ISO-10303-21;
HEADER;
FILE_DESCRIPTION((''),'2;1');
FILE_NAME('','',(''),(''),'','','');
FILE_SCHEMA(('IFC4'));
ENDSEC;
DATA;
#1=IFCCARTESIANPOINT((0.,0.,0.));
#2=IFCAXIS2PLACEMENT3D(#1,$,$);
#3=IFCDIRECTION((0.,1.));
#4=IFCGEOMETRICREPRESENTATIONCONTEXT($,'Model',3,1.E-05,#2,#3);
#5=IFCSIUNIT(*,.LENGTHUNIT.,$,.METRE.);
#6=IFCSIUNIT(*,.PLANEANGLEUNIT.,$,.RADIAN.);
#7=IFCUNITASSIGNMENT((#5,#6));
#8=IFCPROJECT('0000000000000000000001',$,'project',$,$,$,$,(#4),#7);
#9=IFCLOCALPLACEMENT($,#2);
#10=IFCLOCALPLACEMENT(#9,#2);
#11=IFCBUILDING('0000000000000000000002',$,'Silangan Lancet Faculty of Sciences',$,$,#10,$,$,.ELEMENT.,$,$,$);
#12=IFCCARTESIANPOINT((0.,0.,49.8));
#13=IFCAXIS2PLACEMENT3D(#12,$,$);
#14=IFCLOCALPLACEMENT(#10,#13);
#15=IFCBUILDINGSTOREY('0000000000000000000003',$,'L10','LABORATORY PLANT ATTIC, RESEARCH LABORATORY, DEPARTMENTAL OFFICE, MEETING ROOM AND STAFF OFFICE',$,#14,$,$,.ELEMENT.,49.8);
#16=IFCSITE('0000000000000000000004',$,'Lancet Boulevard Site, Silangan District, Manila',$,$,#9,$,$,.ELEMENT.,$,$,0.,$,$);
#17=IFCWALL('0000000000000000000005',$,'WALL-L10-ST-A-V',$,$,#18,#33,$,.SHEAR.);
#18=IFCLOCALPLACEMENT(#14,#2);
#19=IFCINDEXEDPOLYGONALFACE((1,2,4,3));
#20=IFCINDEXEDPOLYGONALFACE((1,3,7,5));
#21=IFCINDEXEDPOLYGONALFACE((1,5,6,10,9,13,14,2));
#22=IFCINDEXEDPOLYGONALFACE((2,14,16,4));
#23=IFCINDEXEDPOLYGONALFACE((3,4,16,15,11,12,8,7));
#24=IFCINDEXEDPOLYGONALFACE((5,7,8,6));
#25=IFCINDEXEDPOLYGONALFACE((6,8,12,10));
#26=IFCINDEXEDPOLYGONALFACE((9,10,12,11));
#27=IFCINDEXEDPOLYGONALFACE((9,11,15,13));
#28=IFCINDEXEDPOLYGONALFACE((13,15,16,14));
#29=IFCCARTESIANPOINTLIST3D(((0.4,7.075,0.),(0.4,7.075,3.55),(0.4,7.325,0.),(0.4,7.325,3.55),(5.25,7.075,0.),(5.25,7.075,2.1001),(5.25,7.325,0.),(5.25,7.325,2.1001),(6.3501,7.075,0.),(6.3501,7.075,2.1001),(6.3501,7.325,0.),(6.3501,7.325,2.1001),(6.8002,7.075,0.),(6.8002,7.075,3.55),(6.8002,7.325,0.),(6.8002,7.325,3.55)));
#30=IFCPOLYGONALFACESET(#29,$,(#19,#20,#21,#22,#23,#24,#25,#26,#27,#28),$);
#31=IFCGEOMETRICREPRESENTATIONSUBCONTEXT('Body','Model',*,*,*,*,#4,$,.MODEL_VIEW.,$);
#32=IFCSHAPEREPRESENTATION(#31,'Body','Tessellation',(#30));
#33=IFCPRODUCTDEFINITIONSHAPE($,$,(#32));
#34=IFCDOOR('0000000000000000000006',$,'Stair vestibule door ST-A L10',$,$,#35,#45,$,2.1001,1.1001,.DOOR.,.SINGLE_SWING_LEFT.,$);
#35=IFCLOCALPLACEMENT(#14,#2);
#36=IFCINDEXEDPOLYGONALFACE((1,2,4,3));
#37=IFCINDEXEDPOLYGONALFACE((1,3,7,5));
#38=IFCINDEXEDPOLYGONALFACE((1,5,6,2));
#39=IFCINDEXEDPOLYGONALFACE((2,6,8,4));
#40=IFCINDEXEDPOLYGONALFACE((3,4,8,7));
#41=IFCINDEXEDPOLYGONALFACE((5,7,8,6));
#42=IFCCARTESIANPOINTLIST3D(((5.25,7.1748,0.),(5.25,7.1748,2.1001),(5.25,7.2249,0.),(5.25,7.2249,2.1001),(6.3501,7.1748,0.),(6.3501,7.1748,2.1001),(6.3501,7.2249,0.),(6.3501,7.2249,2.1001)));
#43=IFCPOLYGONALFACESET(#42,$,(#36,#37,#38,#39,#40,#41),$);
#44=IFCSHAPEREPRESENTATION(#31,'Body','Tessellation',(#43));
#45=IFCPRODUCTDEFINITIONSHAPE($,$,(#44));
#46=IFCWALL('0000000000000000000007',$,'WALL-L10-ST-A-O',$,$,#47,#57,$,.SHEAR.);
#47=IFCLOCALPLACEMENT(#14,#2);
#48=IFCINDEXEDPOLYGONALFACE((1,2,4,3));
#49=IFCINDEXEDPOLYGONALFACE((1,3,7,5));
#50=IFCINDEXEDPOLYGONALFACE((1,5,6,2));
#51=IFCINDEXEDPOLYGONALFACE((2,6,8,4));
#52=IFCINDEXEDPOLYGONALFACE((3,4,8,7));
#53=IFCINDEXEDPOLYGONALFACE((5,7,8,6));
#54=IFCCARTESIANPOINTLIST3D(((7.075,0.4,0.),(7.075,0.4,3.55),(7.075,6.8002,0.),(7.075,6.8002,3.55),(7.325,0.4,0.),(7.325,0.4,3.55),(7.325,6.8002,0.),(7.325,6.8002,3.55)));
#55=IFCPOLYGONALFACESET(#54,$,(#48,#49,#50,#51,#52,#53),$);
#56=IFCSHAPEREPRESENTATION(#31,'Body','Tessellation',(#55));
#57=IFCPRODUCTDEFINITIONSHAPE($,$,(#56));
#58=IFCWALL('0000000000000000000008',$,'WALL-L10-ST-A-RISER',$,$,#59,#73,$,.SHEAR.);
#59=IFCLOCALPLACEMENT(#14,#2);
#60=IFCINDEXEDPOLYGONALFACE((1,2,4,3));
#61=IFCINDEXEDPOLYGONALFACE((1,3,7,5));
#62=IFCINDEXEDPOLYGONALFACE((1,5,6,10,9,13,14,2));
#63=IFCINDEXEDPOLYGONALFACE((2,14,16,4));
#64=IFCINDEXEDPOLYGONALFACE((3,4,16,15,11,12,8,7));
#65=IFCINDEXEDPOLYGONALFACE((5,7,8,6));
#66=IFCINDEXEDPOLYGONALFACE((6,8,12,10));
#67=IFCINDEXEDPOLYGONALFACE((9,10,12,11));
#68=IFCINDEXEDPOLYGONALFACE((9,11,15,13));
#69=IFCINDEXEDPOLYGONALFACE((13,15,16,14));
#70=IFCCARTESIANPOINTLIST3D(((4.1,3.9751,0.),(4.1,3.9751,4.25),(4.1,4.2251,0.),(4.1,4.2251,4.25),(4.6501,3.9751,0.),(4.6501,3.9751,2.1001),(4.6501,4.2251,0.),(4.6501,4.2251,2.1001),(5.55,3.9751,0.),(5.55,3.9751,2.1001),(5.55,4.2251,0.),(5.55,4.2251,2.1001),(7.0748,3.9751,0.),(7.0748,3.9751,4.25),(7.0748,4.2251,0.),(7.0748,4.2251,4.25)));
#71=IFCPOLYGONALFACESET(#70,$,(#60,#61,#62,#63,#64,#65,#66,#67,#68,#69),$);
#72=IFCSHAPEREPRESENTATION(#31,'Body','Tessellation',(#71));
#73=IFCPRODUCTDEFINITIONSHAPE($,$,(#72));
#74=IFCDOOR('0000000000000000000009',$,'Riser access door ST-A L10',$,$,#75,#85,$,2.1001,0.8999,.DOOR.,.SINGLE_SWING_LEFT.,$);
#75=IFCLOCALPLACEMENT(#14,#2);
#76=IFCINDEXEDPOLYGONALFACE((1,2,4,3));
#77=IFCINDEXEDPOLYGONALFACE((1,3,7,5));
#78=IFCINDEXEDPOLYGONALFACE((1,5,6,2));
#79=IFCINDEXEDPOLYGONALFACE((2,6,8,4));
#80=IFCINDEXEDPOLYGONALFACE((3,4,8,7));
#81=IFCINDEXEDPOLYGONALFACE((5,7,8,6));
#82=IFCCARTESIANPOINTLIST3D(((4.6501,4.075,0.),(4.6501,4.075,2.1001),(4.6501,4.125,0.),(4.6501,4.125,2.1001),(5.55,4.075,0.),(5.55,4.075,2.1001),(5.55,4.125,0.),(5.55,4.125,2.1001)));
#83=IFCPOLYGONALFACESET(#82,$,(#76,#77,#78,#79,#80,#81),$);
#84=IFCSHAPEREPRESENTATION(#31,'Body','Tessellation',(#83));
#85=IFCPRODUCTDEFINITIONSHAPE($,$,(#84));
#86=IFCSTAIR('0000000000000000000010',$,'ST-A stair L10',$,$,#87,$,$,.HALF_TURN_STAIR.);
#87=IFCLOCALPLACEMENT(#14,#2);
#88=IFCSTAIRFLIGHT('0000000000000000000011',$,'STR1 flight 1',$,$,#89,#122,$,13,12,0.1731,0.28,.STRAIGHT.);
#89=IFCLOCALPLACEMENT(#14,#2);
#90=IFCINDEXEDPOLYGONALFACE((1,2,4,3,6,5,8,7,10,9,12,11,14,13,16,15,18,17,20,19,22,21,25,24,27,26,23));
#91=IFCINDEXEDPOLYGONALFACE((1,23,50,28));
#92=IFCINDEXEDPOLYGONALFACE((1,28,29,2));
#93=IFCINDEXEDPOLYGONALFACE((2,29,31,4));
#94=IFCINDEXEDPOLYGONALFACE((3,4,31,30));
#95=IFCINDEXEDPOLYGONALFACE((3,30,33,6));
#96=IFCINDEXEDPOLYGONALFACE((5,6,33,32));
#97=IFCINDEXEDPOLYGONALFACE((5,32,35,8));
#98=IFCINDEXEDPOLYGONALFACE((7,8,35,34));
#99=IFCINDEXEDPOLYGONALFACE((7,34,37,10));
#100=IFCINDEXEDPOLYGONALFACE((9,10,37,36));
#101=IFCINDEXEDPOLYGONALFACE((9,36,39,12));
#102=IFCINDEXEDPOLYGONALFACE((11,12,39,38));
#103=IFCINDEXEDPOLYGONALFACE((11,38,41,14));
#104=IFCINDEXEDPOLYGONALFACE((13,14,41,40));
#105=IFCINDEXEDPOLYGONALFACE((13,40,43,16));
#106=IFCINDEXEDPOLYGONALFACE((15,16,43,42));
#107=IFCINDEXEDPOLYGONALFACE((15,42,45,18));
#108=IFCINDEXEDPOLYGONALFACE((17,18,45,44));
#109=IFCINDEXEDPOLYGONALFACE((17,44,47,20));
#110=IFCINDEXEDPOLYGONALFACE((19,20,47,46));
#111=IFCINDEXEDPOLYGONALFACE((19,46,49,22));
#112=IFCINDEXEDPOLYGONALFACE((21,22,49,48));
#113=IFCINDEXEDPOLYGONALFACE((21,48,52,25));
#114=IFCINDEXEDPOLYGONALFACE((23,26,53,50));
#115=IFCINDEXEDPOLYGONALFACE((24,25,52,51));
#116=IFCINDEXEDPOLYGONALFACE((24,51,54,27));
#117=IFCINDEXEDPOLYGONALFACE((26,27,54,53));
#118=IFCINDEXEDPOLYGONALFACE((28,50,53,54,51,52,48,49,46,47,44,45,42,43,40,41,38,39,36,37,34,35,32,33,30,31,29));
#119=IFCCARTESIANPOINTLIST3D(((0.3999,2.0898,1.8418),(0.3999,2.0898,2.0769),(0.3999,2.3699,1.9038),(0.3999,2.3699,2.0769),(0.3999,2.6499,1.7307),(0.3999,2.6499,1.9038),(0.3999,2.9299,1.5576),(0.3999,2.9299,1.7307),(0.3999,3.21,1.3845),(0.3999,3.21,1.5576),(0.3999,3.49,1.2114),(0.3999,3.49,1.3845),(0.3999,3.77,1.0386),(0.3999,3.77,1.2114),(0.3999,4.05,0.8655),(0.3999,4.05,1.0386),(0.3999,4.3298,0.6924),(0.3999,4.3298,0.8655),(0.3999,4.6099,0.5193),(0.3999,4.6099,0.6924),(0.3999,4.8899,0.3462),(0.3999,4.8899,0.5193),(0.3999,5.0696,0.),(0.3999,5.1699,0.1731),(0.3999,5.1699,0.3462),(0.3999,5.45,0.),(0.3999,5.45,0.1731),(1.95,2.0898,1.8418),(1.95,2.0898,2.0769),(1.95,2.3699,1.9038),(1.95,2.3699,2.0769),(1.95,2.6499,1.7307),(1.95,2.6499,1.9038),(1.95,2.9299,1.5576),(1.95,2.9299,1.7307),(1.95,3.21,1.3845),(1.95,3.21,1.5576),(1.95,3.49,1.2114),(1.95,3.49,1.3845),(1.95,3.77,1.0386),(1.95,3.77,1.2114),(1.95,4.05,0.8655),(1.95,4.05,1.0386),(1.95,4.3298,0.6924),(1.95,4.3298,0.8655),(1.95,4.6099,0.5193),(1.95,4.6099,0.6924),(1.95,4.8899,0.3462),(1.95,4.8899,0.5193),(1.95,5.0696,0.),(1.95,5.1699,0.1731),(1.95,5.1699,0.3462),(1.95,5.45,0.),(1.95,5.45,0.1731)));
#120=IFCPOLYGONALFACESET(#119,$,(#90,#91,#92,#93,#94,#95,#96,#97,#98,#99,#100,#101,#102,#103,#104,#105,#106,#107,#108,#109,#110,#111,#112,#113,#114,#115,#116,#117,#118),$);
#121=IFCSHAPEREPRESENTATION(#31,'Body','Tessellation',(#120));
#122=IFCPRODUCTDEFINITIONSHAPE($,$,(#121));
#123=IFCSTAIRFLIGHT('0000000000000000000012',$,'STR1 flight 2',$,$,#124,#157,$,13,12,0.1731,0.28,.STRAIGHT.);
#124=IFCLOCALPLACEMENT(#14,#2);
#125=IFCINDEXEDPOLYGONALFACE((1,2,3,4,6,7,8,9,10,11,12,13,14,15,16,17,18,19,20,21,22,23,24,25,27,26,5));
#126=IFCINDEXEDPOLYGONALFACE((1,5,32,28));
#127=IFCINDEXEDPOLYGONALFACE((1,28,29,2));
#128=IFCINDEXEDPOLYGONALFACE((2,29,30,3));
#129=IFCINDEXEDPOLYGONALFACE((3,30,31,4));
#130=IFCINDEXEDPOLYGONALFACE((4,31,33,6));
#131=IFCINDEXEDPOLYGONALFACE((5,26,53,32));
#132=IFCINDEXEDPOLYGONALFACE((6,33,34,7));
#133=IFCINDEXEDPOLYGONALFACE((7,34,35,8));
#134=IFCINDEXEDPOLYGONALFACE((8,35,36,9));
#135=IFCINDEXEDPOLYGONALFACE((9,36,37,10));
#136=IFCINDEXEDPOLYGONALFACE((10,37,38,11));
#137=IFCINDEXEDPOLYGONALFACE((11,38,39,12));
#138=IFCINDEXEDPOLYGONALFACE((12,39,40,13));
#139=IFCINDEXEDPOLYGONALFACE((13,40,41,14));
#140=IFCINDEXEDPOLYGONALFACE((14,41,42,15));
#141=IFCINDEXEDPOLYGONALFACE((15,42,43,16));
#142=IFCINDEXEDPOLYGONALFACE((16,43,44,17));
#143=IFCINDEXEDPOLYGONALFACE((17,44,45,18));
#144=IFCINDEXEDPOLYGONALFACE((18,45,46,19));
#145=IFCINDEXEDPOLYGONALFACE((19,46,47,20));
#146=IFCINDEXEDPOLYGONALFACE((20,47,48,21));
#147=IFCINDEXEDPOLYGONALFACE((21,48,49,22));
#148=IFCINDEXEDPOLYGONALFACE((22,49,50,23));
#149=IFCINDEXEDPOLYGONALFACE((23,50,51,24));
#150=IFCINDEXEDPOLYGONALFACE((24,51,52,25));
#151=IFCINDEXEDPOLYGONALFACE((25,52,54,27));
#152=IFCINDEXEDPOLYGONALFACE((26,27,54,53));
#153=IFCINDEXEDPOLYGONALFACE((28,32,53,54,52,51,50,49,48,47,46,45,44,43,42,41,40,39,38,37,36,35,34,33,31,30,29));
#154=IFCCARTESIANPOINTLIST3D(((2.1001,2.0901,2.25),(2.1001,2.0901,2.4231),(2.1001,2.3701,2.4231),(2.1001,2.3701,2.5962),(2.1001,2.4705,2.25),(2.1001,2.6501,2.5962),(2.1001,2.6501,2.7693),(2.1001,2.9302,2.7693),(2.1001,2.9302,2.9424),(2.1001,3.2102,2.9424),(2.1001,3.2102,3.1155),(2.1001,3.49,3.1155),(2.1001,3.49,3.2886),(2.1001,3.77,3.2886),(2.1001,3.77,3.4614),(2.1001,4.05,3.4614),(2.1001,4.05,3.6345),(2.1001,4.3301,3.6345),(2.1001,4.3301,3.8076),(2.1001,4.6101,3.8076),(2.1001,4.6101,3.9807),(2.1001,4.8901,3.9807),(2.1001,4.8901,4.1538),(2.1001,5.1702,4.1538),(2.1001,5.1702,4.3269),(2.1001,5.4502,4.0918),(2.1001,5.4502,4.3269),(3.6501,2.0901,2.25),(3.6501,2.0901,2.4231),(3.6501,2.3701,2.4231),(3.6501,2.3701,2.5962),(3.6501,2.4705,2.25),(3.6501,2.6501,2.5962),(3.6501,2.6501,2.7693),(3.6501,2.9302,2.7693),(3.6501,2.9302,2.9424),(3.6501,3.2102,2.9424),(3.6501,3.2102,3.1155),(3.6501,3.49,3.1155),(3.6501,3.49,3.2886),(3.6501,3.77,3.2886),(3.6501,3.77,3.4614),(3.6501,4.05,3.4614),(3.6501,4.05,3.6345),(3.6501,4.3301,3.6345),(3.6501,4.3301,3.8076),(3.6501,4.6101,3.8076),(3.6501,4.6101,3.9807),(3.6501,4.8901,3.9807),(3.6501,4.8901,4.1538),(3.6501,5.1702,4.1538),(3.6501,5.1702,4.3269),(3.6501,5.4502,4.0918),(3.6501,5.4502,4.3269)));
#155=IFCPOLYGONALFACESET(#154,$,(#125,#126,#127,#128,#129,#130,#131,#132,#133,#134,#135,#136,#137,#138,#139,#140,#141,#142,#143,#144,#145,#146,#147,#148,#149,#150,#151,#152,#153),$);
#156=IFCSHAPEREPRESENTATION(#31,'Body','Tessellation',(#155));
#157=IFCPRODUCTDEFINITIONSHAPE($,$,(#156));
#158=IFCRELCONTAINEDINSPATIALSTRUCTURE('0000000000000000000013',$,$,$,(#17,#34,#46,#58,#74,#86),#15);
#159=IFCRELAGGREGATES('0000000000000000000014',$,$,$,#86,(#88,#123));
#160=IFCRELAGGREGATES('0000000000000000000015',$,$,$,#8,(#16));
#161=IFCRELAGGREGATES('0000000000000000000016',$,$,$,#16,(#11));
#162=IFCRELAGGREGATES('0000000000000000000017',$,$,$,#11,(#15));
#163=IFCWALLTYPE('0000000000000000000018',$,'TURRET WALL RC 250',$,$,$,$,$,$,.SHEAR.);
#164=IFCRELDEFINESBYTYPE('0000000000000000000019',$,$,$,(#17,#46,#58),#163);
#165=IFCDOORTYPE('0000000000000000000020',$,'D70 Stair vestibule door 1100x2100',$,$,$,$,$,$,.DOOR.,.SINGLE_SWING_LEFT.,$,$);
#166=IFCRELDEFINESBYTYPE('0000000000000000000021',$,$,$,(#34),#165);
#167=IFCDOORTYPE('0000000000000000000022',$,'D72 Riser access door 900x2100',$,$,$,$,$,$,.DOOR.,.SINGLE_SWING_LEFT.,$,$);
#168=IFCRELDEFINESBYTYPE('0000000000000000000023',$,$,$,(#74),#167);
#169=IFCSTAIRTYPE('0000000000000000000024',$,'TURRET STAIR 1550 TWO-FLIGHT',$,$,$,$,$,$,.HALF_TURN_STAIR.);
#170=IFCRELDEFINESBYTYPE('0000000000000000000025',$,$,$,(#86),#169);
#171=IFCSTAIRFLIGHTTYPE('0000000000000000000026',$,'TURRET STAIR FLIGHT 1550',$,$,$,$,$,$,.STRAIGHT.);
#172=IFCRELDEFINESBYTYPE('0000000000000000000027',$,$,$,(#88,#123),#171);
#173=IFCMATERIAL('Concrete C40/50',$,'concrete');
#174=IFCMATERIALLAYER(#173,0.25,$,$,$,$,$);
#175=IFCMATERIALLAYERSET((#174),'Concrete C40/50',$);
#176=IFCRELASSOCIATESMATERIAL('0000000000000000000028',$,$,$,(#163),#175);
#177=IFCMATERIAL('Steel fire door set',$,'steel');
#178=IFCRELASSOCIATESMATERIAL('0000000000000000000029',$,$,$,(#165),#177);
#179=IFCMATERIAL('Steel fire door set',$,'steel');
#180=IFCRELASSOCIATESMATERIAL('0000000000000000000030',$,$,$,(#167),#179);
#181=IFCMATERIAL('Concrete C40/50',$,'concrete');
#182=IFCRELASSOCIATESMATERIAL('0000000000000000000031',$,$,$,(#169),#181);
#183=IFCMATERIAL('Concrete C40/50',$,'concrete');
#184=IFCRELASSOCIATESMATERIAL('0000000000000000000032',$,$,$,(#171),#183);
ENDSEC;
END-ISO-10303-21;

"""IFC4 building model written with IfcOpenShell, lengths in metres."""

from ifc_helpers import new_model, si_unit, direction, frame, frame_2d, origin, place, context, subcontext, project, spatial, polyline, rectangle, outline, extrude, material, layer, layer_set, type_object, element, fill, aggregate, save


model = new_model("IFC4")

# Units and contexts
model_context = context("Model", 3, precision=1e-05, world=origin(), true_north=direction((0.0, 1.0)))
body_context = subcontext(model_context, "Body", "Model", "MODEL_VIEW")
ifc_project = project(units=[si_unit("LENGTHUNIT", "METRE"), si_unit("PLANEANGLEUNIT", "RADIAN")], contexts=[model_context])

# Site, building, storey
site_placement = place(None, origin())
site = spatial("IfcSite", under=ifc_project, at=site_placement, Name="Lancet Boulevard Site, Silangan District, Manila", CompositionType="ELEMENT", RefElevation=0.0)
building_placement = place(site_placement, origin())
building = spatial("IfcBuilding", under=site, at=building_placement, Name="Silangan Lancet Faculty of Sciences", CompositionType="ELEMENT")
storey_placement = place(building_placement, frame((0.0, 0.0, 49.8)))
storey = spatial("IfcBuildingStorey", under=building, at=storey_placement, Name="L10", Description="LABORATORY PLANT ATTIC, RESEARCH LABORATORY, DEPARTMENTAL OFFICE, MEETING ROOM AND STAFF OFFICE", CompositionType="ELEMENT", Elevation=49.8)

# Wall, opening, door
ifc_material_1 = material(Name="Concrete C40/50", Category="concrete")
ifc_layer_1 = layer(ifc_material_1, 0.25)
ifc_layer_set_1 = layer_set([ifc_layer_1], Name="Concrete C40/50")
wall_type_1 = type_object("IfcWallType", Name="TURRET WALL RC 250", PredefinedType="SHEAR", material=ifc_layer_set_1)
wall_1_placement = place(storey_placement, frame((0.3999, 7.2, 0.0), z_axis=(0.0, 0.0, 1.0), x_axis=(1.0, 0.0, 0.0)))
wall_1 = element("IfcWall", 1, at=wall_1_placement, inside=storey, type_object=wall_type_1, Name="WALL-L10-ST-A-V", PredefinedType="SHEAR", context=body_context, shape_type="SweptSolid", body=[
    extrude(rectangle(XDim=6.4001, YDim=0.25, at=frame_2d((3.2002, 0.0))), origin(), (0.0, 0.0, 1.0), 3.55),
])
opening_1_placement = place(wall_1_placement, frame((4.8501, 0.0, 0.0)))
opening_1 = element("IfcOpeningElement", 2, at=opening_1_placement, cuts=wall_1, PredefinedType="OPENING", context=body_context, shape_type="SweptSolid", body=[
    extrude(rectangle(XDim=1.1001, YDim=2.1001, at=frame_2d((0.55, 1.05))), frame((0.0, 0.135, 0.0), z_axis=(0.0, -1.0, 0.0), x_axis=(1.0, 0.0, 0.0)), (0.0, 0.0, 1.0), 0.27),
])
ifc_material_2 = material(Name="Steel fire door set", Category="steel")
door_type_1 = type_object("IfcDoorType", Name="D70 Stair vestibule door 1100x2100", OperationType="SINGLE_SWING_LEFT", PredefinedType="DOOR", material=ifc_material_2)
door_1_placement = place(opening_1_placement, frame((1.1001, 0.0, 0.0), z_axis=(0.0, 0.0, 1.0), x_axis=(-1.0, 0.0, 0.0)))
door_1 = element("IfcDoor", 3, at=door_1_placement, inside=storey, type_object=door_type_1, Name="Stair vestibule door ST-A L10", OperationType="SINGLE_SWING_LEFT", OverallHeight=2.1001, OverallWidth=1.1001, PredefinedType="DOOR", context=body_context, shape_type="SweptSolid", body=[
    extrude(rectangle(XDim=1.1001, YDim=2.1001, at=frame_2d((0.55, 1.05))), frame((0.0, 0.0251, 0.0), z_axis=(0.0, -1.0, 0.0), x_axis=(1.0, 0.0, 0.0)), (0.0, 0.0, 1.0), 0.05),
])
fill(opening_1, door_1)

# Wall
wall_2_placement = place(storey_placement, frame((7.2, 0.3999, 0.0), z_axis=(0.0, 0.0, 1.0), x_axis=(0.0, 1.0, 0.0)))
element("IfcWall", 4, at=wall_2_placement, inside=storey, type_object=wall_type_1, Name="WALL-L10-ST-A-O", PredefinedType="SHEAR", context=body_context, shape_type="SweptSolid", body=[
    extrude(rectangle(XDim=6.4001, YDim=0.25, at=frame_2d((3.2002, 0.0))), origin(), (0.0, 0.0, 1.0), 3.55),
])

# Wall, opening, door
wall_3_placement = place(storey_placement, frame((4.1001, 4.1001, 0.0), z_axis=(0.0, 0.0, 1.0), x_axis=(1.0, 0.0, 0.0)))
wall_3 = element("IfcWall", 5, at=wall_3_placement, inside=storey, type_object=wall_type_1, Name="WALL-L10-ST-A-RISER", PredefinedType="SHEAR", context=body_context, shape_type="SweptSolid", body=[
    extrude(rectangle(XDim=2.9749, YDim=0.25, at=frame_2d((1.4873, 0.0))), origin(), (0.0, 0.0, 1.0), 4.25),
])
opening_2_placement = place(wall_3_placement, frame((0.55, 0.0, 0.0)))
opening_2 = element("IfcOpeningElement", 6, at=opening_2_placement, cuts=wall_3, PredefinedType="OPENING", context=body_context, shape_type="SweptSolid", body=[
    extrude(rectangle(XDim=0.8999, YDim=2.1001, at=frame_2d((0.45, 1.05))), frame((0.0, 0.135, 0.0), z_axis=(0.0, -1.0, 0.0), x_axis=(1.0, 0.0, 0.0)), (0.0, 0.0, 1.0), 0.27),
])
ifc_material_3 = material(Name="Steel fire door set", Category="steel")
door_type_2 = type_object("IfcDoorType", Name="D72 Riser access door 900x2100", OperationType="SINGLE_SWING_LEFT", PredefinedType="DOOR", material=ifc_material_3)
door_2_placement = place(opening_2_placement, frame((0.8999, 0.0, 0.0), z_axis=(0.0, 0.0, 1.0), x_axis=(-1.0, 0.0, 0.0)))
door_2 = element("IfcDoor", 7, at=door_2_placement, inside=storey, type_object=door_type_2, Name="Riser access door ST-A L10", OperationType="SINGLE_SWING_LEFT", OverallHeight=2.1001, OverallWidth=0.8999, PredefinedType="DOOR", context=body_context, shape_type="SweptSolid", body=[
    extrude(rectangle(XDim=0.8999, YDim=2.1001, at=frame_2d((0.45, 1.05))), frame((0.0, 0.0251, 0.0), z_axis=(0.0, -1.0, 0.0), x_axis=(1.0, 0.0, 0.0)), (0.0, 0.0, 1.0), 0.05),
])
fill(opening_2, door_2)

# Stair, stair flights
ifc_material_4 = material(Name="Concrete C40/50", Category="concrete")
stair_type = type_object("IfcStairType", Name="TURRET STAIR 1550 TWO-FLIGHT", PredefinedType="HALF_TURN_STAIR", material=ifc_material_4)
stair_placement = place(storey_placement, origin())
stair = element("IfcStair", 8, at=stair_placement, inside=storey, type_object=stair_type, Name="ST-A stair L10", PredefinedType="HALF_TURN_STAIR")
ifc_material_5 = material(Name="Concrete C40/50", Category="concrete")
stair_flight_type = type_object("IfcStairFlightType", Name="TURRET STAIR FLIGHT 1550", PredefinedType="STRAIGHT", material=ifc_material_5)
stair_flight_1_placement = place(storey_placement, frame((1.175, 5.45, 0.0), z_axis=(0.0, 0.0, 1.0), x_axis=(0.0, -1.0, 0.0)))
stair_flight_1 = element("IfcStairFlight", 9, at=stair_flight_1_placement, type_object=stair_flight_type, Name="STR1 flight 1", NumberOfRisers=13, NumberOfTreads=12, PredefinedType="STRAIGHT", RiserHeight=0.1731, TreadLength=0.28, context=body_context, shape_type="SweptSolid", body=[
    extrude(outline(polyline([(0.0, 0.0), (0.0, 0.1731), (0.28, 0.1731), (0.28, 0.3462), (0.5601, 0.3462), (0.5601, 0.5193), (0.8401, 0.5193), (0.8401, 0.6924), (1.1201, 0.6924), (1.1201, 0.8655), (1.3999, 0.8655), (1.3999, 1.0386), (1.6799, 1.0386), (1.6799, 1.2114), (1.96, 1.2114), (1.96, 1.3845), (2.24, 1.3845), (2.24, 1.5576), (2.52, 1.5576), (2.52, 1.7307), (2.8, 1.7307), (2.8, 1.9038), (3.0801, 1.9038), (3.0801, 2.0769), (3.3601, 2.0769), (3.3601, 2.25), (3.3601, 1.8418), (0.3804, 0.0), (0.0, 0.0)])), frame((0.0, 0.7749, 0.0), z_axis=(0.0, -1.0, 0.0), x_axis=(1.0, 0.0, 0.0)), (0.0, 0.0, 1.0), 1.55),
])
stair_flight_2_placement = place(storey_placement, frame((2.875, 2.0901, 2.25), z_axis=(0.0, 0.0, 1.0), x_axis=(0.0, 1.0, 0.0)))
stair_flight_2 = element("IfcStairFlight", 10, at=stair_flight_2_placement, type_object=stair_flight_type, Name="STR1 flight 2", NumberOfRisers=13, NumberOfTreads=12, PredefinedType="STRAIGHT", RiserHeight=0.1731, TreadLength=0.28, context=body_context, shape_type="SweptSolid", body=[
    extrude(outline(polyline([(0.0, 0.0), (0.0, 0.1731), (0.28, 0.1731), (0.28, 0.3462), (0.5601, 0.3462), (0.5601, 0.5193), (0.8401, 0.5193), (0.8401, 0.6924), (1.1201, 0.6924), (1.1201, 0.8655), (1.3999, 0.8655), (1.3999, 1.0386), (1.6799, 1.0386), (1.6799, 1.2114), (1.96, 1.2114), (1.96, 1.3845), (2.24, 1.3845), (2.24, 1.5576), (2.52, 1.5576), (2.52, 1.7307), (2.8, 1.7307), (2.8, 1.9038), (3.0801, 1.9038), (3.0801, 2.0769), (3.3601, 2.0769), (3.3601, 2.25), (3.3601, 1.8418), (0.3804, 0.0), (0.0, 0.0)])), frame((0.0, 0.7749, 0.0), z_axis=(0.0, -1.0, 0.0), x_axis=(1.0, 0.0, 0.0)), (0.0, 0.0, 1.0), 1.55),
])
aggregate(stair, [stair_flight_1, stair_flight_2])

save(model, "model.ifc")
